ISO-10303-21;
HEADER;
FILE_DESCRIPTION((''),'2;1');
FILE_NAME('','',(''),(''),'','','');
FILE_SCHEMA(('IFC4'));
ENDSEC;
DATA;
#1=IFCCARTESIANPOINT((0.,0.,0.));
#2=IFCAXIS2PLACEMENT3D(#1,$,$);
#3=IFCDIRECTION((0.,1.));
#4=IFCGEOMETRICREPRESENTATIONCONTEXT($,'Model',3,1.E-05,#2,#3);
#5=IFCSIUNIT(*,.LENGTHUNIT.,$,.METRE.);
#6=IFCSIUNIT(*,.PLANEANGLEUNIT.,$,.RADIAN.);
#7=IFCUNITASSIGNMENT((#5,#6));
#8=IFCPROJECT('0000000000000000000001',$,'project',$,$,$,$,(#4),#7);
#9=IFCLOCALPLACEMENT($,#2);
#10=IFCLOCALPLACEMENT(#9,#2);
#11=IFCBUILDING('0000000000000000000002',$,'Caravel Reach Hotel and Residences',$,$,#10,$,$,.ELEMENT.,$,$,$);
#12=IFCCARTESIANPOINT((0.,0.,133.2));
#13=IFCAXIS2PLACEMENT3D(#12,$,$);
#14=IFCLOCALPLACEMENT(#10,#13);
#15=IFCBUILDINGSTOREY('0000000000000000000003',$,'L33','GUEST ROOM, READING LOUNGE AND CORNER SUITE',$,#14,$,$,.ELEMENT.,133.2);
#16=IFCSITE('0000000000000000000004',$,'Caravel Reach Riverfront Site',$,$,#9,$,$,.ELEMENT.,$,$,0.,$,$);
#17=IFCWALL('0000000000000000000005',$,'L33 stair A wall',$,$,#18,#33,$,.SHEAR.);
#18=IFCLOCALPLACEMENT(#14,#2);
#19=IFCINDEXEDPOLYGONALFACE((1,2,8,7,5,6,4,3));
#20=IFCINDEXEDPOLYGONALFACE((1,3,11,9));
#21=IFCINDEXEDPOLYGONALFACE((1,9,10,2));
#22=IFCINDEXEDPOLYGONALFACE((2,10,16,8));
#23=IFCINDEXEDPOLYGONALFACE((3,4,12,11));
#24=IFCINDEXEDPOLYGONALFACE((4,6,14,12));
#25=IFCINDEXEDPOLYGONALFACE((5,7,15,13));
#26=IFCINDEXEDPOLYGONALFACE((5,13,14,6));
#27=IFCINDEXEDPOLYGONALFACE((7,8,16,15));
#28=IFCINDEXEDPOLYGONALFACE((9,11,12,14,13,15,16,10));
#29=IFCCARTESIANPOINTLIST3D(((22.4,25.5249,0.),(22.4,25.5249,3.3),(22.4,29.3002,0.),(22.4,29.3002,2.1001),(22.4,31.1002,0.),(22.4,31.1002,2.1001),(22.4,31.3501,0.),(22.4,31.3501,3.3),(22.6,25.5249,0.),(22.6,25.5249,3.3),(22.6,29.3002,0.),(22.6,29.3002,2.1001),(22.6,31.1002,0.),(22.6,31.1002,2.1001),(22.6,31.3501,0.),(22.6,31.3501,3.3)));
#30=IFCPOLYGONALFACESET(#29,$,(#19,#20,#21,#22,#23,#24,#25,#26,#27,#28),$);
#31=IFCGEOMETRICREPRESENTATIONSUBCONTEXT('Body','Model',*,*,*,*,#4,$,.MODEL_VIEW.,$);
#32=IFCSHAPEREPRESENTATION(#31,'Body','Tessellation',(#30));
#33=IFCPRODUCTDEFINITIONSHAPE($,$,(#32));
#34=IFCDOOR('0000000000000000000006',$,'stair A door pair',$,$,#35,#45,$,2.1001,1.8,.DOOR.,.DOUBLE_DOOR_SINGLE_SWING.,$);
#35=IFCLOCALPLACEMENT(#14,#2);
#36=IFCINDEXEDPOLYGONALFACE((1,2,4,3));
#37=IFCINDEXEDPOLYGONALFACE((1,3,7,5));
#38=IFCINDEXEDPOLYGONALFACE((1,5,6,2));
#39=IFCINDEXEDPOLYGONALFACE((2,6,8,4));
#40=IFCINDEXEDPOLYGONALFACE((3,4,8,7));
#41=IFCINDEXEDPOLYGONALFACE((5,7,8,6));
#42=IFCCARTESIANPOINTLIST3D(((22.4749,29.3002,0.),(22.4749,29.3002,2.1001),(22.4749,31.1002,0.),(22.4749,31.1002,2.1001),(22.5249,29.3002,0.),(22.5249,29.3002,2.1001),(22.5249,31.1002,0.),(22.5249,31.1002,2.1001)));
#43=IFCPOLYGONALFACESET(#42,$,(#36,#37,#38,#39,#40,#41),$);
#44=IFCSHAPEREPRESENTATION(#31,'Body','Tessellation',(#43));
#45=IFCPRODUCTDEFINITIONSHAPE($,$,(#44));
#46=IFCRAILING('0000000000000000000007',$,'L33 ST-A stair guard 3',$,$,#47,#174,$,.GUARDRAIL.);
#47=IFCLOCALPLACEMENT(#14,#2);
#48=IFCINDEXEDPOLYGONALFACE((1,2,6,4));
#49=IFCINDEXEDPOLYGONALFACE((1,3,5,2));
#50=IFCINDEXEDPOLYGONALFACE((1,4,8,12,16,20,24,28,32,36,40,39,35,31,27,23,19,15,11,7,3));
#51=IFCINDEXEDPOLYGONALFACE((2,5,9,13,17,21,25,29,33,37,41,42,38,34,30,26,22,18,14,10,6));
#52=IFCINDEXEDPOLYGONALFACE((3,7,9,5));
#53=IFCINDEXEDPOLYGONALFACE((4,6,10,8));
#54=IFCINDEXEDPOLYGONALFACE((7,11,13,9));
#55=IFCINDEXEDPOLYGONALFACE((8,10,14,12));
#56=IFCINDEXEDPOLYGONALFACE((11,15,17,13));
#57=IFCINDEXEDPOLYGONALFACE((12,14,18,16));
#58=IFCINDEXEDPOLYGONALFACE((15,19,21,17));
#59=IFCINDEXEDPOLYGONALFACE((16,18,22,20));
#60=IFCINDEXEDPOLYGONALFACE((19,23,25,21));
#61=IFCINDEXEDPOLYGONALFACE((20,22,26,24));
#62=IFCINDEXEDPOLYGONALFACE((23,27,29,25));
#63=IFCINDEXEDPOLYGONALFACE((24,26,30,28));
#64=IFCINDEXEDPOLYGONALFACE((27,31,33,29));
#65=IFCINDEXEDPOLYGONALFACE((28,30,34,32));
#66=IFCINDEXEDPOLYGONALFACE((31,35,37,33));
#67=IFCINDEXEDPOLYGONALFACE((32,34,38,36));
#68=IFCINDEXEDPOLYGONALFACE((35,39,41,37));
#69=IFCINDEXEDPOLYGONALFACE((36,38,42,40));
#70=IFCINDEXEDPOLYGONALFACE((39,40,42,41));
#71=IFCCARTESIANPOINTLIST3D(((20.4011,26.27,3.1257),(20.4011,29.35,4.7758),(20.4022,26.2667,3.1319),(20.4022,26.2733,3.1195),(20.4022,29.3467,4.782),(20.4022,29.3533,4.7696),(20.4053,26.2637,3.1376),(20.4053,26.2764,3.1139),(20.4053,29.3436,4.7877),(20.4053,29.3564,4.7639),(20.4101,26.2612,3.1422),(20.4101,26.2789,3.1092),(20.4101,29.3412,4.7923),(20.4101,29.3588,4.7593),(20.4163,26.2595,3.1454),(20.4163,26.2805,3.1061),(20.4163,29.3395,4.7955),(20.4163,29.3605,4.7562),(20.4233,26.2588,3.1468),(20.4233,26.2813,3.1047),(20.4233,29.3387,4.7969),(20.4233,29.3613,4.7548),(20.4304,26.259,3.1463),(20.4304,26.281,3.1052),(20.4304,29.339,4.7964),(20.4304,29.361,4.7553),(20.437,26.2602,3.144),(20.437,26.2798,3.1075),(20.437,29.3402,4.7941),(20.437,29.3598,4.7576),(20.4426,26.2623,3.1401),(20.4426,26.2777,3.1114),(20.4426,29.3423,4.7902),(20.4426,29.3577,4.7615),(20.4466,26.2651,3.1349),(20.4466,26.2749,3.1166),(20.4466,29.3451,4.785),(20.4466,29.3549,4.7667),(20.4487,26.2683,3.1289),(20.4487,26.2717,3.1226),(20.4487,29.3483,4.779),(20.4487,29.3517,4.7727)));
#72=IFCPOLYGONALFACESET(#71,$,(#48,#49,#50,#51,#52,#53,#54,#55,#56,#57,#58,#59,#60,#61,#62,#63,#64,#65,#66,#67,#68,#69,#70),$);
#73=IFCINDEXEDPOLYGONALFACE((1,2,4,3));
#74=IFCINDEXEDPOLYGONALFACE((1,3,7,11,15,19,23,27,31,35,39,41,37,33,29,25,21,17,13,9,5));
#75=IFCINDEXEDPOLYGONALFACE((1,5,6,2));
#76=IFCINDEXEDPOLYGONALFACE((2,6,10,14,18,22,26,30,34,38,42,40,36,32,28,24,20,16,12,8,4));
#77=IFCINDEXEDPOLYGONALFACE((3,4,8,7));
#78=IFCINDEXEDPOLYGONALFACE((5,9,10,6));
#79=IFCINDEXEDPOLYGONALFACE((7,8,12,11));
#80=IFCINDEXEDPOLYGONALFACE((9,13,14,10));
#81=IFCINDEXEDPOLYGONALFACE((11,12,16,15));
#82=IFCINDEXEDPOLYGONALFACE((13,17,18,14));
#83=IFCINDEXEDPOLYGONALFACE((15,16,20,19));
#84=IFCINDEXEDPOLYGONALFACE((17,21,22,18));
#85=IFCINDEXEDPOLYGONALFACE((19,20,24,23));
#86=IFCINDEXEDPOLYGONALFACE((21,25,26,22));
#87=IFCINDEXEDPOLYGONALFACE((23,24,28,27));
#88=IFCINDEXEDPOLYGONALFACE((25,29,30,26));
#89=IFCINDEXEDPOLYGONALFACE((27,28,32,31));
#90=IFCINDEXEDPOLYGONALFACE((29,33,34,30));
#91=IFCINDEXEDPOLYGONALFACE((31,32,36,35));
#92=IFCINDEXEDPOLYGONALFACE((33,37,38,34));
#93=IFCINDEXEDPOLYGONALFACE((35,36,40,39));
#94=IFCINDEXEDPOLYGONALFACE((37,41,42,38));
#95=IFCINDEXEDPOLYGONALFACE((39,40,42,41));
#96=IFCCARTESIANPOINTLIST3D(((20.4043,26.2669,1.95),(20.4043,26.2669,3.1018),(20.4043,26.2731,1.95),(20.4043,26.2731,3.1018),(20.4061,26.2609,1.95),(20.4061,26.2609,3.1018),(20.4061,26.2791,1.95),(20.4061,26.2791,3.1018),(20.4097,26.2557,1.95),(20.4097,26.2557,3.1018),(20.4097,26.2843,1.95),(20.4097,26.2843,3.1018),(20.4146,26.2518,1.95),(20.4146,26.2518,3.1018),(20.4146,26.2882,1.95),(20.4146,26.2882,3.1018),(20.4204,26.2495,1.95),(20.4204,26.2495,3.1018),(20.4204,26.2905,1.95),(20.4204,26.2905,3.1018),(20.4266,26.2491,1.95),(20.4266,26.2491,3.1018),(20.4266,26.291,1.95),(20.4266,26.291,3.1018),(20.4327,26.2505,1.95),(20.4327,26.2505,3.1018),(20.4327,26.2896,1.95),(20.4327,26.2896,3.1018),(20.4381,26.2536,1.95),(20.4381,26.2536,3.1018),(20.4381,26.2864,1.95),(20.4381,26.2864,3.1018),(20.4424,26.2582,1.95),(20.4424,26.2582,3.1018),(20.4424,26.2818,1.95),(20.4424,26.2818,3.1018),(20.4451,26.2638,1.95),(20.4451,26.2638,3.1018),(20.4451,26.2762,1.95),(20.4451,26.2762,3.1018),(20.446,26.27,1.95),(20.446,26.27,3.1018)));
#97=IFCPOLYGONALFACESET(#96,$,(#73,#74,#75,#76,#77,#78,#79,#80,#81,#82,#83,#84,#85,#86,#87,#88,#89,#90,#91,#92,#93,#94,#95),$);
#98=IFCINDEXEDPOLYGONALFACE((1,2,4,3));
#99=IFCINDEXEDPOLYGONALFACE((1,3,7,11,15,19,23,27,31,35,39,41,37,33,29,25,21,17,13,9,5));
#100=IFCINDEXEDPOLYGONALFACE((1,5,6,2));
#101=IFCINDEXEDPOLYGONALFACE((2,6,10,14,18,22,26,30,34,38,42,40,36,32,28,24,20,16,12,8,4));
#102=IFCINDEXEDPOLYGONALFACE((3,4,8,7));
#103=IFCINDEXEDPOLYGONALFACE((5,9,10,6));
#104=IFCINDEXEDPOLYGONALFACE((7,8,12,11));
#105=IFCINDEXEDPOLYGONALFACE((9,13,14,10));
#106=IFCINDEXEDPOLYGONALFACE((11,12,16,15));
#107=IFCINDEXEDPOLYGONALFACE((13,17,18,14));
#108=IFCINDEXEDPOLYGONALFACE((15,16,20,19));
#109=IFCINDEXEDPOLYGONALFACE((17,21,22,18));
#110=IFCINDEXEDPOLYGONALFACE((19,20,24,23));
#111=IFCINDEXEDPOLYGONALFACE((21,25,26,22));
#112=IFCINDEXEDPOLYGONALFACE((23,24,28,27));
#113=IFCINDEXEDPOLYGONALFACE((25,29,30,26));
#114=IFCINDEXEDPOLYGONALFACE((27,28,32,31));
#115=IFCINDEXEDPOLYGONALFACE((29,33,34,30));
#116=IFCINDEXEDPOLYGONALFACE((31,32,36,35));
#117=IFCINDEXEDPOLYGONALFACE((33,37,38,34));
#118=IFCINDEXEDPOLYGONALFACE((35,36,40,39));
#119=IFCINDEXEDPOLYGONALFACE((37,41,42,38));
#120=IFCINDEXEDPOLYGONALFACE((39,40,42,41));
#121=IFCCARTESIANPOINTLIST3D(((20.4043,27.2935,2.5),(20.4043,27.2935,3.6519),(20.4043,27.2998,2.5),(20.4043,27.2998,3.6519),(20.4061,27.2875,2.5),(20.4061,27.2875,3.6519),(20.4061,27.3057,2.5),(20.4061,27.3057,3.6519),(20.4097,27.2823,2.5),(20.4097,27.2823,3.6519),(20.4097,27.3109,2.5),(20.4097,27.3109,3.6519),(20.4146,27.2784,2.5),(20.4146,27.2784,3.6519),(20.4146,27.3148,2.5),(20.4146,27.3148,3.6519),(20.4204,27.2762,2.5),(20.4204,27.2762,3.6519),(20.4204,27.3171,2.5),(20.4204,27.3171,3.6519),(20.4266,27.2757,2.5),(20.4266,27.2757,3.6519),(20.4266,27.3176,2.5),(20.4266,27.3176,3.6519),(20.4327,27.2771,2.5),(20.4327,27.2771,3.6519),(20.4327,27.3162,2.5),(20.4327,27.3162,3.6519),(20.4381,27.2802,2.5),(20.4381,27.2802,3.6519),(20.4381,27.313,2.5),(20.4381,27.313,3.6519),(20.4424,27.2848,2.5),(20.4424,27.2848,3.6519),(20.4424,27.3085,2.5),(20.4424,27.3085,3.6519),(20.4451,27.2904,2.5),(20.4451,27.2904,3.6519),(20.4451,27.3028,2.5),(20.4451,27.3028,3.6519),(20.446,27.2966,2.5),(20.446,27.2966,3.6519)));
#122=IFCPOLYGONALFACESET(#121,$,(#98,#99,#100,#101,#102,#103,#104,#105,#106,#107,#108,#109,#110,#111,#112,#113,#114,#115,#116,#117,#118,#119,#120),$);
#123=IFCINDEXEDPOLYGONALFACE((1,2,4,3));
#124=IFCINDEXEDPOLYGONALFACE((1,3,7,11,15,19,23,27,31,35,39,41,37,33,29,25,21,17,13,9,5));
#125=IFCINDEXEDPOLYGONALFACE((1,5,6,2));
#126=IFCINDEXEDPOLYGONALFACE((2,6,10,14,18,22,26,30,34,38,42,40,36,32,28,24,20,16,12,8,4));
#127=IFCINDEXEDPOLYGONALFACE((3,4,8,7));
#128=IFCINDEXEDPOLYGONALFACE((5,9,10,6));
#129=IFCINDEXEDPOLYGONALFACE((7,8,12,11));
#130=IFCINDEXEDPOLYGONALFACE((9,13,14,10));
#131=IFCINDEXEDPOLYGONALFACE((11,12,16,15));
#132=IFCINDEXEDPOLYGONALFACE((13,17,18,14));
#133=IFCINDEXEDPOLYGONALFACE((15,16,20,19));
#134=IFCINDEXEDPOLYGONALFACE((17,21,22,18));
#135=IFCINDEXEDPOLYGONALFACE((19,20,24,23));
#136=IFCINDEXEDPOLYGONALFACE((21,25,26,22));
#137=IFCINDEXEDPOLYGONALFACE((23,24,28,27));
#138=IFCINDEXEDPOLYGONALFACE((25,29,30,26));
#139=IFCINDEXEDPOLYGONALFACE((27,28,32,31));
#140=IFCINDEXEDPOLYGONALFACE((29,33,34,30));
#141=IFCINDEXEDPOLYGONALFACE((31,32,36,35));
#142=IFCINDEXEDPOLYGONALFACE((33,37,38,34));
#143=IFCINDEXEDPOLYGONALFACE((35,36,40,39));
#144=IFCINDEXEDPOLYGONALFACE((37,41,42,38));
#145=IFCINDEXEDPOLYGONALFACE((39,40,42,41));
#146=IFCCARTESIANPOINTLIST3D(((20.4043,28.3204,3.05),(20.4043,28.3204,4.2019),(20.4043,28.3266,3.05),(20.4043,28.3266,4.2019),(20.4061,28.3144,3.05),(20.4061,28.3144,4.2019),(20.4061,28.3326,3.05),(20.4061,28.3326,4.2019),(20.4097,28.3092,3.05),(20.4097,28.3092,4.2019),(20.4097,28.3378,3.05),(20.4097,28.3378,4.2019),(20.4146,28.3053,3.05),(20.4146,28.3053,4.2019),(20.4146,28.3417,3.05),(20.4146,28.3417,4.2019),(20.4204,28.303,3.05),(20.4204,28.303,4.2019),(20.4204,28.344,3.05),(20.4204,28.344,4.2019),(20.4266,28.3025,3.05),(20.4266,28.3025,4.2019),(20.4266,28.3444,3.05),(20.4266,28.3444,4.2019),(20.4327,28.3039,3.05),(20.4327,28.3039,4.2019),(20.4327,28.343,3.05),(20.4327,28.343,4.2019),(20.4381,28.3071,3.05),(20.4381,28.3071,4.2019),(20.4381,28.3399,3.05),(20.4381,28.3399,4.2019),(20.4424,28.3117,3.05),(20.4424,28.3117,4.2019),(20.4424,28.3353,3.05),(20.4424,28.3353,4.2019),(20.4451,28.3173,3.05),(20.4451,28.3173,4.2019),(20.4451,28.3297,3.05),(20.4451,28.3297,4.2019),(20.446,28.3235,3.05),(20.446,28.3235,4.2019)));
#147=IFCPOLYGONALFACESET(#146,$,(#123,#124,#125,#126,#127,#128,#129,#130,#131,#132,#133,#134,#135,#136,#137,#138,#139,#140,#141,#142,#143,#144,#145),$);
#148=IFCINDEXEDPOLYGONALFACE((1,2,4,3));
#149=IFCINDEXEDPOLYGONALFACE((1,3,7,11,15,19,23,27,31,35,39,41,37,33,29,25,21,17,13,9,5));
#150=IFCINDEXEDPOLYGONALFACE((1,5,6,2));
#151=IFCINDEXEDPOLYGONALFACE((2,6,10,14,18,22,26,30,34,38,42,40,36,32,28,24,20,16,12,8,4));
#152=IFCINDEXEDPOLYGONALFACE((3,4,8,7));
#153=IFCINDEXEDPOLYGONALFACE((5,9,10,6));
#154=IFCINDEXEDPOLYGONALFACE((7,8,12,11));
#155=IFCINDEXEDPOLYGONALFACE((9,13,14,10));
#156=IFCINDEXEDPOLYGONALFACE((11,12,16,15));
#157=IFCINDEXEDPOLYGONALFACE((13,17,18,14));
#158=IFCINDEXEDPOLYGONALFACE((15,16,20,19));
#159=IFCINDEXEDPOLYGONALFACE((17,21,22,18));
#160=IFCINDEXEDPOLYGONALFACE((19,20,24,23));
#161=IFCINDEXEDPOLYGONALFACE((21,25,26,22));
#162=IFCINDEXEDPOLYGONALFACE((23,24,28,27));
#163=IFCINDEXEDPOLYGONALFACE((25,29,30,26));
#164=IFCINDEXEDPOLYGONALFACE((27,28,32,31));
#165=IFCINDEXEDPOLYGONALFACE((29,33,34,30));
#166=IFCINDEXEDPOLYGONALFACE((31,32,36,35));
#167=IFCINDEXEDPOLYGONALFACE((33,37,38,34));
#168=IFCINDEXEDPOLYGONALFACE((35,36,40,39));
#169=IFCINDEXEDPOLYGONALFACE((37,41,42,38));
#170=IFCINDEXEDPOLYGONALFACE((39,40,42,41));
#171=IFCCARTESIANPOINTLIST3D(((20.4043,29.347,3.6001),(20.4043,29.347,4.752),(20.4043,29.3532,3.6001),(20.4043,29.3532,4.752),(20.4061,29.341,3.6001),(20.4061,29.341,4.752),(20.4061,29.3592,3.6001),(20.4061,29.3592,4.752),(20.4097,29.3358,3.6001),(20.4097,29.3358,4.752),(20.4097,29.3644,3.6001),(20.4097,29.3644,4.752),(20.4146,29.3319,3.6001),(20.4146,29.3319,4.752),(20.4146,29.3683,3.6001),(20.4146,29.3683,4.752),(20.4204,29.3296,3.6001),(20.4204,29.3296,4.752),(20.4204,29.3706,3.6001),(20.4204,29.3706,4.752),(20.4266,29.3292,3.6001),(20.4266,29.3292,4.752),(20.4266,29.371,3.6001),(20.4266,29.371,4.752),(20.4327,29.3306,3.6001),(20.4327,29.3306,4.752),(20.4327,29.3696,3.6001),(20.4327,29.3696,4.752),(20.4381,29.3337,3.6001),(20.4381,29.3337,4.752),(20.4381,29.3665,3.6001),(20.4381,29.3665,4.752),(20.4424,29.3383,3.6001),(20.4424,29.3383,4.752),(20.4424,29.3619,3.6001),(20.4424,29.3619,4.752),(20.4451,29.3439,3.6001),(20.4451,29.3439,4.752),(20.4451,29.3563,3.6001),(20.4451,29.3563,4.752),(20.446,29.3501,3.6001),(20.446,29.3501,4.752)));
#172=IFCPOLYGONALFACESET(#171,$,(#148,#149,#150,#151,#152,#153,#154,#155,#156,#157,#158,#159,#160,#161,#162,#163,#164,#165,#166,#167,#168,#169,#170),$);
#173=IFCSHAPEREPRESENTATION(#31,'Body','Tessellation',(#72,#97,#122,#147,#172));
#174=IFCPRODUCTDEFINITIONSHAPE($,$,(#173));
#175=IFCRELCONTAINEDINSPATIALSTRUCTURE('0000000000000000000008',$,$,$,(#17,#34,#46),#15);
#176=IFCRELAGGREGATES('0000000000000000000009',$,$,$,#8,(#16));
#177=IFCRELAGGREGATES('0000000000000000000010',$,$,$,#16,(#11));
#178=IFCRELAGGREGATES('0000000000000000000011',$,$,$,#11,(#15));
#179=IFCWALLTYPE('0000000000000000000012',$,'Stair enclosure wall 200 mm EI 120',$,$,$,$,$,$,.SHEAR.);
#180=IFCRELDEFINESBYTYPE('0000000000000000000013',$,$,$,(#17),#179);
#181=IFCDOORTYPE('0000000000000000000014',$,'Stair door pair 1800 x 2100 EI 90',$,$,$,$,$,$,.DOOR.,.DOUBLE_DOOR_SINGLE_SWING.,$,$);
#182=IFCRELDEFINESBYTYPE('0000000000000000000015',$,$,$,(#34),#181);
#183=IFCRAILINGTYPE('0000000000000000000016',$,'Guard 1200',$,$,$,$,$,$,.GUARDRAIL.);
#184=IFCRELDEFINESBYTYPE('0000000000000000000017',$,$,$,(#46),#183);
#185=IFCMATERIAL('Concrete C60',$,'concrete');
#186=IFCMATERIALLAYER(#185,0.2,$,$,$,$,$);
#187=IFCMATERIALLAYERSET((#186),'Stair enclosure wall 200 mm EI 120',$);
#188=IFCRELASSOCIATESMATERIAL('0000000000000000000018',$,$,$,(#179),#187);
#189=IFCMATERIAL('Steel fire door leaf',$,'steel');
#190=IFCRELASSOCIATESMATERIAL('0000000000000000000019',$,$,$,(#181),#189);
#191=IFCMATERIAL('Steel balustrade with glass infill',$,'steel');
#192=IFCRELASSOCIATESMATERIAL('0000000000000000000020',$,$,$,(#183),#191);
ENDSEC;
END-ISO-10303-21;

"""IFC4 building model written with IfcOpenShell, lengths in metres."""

from ifc_helpers import new_model, si_unit, direction, frame, frame_2d, origin, origin_2d, place, context, subcontext, project, spatial, rectangle, circle, extrude, material, layer, layer_set, type_object, element, fill, save


model = new_model("IFC4")

# Units and contexts
model_context = context("Model", 3, precision=1e-05, world=origin(), true_north=direction((0.0, 1.0)))
body_context = subcontext(model_context, "Body", "Model", "MODEL_VIEW")
ifc_project = project(units=[si_unit("LENGTHUNIT", "METRE"), si_unit("PLANEANGLEUNIT", "RADIAN")], contexts=[model_context])

# Site, building, storey
site_placement = place(None, origin())
site = spatial("IfcSite", under=ifc_project, at=site_placement, Name="Caravel Reach Riverfront Site", CompositionType="ELEMENT", RefElevation=0.0)
building_placement = place(site_placement, origin())
building = spatial("IfcBuilding", under=site, at=building_placement, Name="Caravel Reach Hotel and Residences", CompositionType="ELEMENT")
storey_placement = place(building_placement, frame((0.0, 0.0, 133.2)))
storey = spatial("IfcBuildingStorey", under=building, at=storey_placement, Name="L33", Description="GUEST ROOM, READING LOUNGE AND CORNER SUITE", CompositionType="ELEMENT", Elevation=133.2)

# Wall, opening, door
ifc_material_1 = material(Name="Concrete C60", Category="concrete")
ifc_layer_1 = layer(ifc_material_1, 0.2)
ifc_layer_set_1 = layer_set([ifc_layer_1], Name="Stair enclosure wall 200 mm EI 120")
wall_type_1 = type_object("IfcWallType", Name="Stair enclosure wall 200 mm EI 120", PredefinedType="SHEAR", material=ifc_layer_set_1)
wall_1_placement = place(storey_placement, frame((22.5, 31.3501, 0.0), z_axis=(0.0, 0.0, 1.0), x_axis=(0.0, -1.0, 0.0)))
wall_1 = element("IfcWall", 1, at=wall_1_placement, inside=storey, type_object=wall_type_1, Name="L33 stair A wall", PredefinedType="SHEAR", context=body_context, shape_type="SweptSolid", body=[
    extrude(rectangle(XDim=5.8252, YDim=0.2, at=frame_2d((2.9126, 0.0))), origin(), (0.0, 0.0, 1.0), 3.3),
])
opening_1_placement = place(wall_1_placement, frame((0.25, 0.0, 0.0)))
opening_1 = element("IfcOpeningElement", 2, at=opening_1_placement, cuts=wall_1, PredefinedType="OPENING", context=body_context, shape_type="SweptSolid", body=[
    extrude(rectangle(XDim=1.8, YDim=2.1001, at=frame_2d((0.8999, 1.05))), frame((0.0, 0.1099, 0.0), z_axis=(0.0, -1.0, 0.0), x_axis=(1.0, 0.0, 0.0)), (0.0, 0.0, 1.0), 0.22),
])
ifc_material_2 = material(Name="Steel fire door leaf", Category="steel")
door_type_1 = type_object("IfcDoorType", Name="Stair door pair 1800 x 2100 EI 90", OperationType="DOUBLE_DOOR_SINGLE_SWING", PredefinedType="DOOR", material=ifc_material_2)
door_1_placement = place(opening_1_placement, origin())
door_1 = element("IfcDoor", 3, at=door_1_placement, inside=storey, type_object=door_type_1, Name="stair A door pair", OperationType="DOUBLE_DOOR_SINGLE_SWING", OverallHeight=2.1001, OverallWidth=1.8, PredefinedType="DOOR", context=body_context, shape_type="SweptSolid", body=[
    extrude(rectangle(XDim=1.8, YDim=2.1001, at=frame_2d((0.8999, 1.05))), frame((0.0, 0.0249, 0.0), z_axis=(0.0, -1.0, 0.0), x_axis=(1.0, 0.0, 0.0)), (0.0, 0.0, 1.0), 0.05),
])
fill(opening_1, door_1)

# Railing
ifc_material_3 = material(Name="Steel balustrade with glass infill", Category="steel")
railing_type_1 = type_object("IfcRailingType", Name="Guard 1200", PredefinedType="GUARDRAIL", material=ifc_material_3)
railing_1_placement = place(storey_placement, frame((20.425, 26.27, 1.95)))
element("IfcRailing", 4, at=railing_1_placement, inside=storey, type_object=railing_type_1, Name="L33 ST-A stair guard 3", PredefinedType="GUARDRAIL", context=body_context, shape_type="SweptSolid", body=[
    extrude(circle(Radius=0.0239, at=origin_2d()), frame((0.0, 0.0, 1.1758), z_axis=(0.0, 0.881468, 0.472245), x_axis=(-1.0, 0.0, 0.0)), (0.0, 0.0, 1.0), 3.4941),
    extrude(circle(Radius=0.021, at=origin_2d()), origin(), (0.0, 0.0, 1.0), 1.1519),
    extrude(circle(Radius=0.021, at=origin_2d()), frame((0.0, 1.0266, 0.55)), (0.0, 0.0, 1.0), 1.1519),
    extrude(circle(Radius=0.021, at=origin_2d()), frame((0.0, 2.0535, 1.1001)), (0.0, 0.0, 1.0), 1.1519),
    extrude(circle(Radius=0.021, at=origin_2d()), frame((0.0, 3.0801, 1.6501)), (0.0, 0.0, 1.0), 1.1519),
])

save(model, "model.ifc")
